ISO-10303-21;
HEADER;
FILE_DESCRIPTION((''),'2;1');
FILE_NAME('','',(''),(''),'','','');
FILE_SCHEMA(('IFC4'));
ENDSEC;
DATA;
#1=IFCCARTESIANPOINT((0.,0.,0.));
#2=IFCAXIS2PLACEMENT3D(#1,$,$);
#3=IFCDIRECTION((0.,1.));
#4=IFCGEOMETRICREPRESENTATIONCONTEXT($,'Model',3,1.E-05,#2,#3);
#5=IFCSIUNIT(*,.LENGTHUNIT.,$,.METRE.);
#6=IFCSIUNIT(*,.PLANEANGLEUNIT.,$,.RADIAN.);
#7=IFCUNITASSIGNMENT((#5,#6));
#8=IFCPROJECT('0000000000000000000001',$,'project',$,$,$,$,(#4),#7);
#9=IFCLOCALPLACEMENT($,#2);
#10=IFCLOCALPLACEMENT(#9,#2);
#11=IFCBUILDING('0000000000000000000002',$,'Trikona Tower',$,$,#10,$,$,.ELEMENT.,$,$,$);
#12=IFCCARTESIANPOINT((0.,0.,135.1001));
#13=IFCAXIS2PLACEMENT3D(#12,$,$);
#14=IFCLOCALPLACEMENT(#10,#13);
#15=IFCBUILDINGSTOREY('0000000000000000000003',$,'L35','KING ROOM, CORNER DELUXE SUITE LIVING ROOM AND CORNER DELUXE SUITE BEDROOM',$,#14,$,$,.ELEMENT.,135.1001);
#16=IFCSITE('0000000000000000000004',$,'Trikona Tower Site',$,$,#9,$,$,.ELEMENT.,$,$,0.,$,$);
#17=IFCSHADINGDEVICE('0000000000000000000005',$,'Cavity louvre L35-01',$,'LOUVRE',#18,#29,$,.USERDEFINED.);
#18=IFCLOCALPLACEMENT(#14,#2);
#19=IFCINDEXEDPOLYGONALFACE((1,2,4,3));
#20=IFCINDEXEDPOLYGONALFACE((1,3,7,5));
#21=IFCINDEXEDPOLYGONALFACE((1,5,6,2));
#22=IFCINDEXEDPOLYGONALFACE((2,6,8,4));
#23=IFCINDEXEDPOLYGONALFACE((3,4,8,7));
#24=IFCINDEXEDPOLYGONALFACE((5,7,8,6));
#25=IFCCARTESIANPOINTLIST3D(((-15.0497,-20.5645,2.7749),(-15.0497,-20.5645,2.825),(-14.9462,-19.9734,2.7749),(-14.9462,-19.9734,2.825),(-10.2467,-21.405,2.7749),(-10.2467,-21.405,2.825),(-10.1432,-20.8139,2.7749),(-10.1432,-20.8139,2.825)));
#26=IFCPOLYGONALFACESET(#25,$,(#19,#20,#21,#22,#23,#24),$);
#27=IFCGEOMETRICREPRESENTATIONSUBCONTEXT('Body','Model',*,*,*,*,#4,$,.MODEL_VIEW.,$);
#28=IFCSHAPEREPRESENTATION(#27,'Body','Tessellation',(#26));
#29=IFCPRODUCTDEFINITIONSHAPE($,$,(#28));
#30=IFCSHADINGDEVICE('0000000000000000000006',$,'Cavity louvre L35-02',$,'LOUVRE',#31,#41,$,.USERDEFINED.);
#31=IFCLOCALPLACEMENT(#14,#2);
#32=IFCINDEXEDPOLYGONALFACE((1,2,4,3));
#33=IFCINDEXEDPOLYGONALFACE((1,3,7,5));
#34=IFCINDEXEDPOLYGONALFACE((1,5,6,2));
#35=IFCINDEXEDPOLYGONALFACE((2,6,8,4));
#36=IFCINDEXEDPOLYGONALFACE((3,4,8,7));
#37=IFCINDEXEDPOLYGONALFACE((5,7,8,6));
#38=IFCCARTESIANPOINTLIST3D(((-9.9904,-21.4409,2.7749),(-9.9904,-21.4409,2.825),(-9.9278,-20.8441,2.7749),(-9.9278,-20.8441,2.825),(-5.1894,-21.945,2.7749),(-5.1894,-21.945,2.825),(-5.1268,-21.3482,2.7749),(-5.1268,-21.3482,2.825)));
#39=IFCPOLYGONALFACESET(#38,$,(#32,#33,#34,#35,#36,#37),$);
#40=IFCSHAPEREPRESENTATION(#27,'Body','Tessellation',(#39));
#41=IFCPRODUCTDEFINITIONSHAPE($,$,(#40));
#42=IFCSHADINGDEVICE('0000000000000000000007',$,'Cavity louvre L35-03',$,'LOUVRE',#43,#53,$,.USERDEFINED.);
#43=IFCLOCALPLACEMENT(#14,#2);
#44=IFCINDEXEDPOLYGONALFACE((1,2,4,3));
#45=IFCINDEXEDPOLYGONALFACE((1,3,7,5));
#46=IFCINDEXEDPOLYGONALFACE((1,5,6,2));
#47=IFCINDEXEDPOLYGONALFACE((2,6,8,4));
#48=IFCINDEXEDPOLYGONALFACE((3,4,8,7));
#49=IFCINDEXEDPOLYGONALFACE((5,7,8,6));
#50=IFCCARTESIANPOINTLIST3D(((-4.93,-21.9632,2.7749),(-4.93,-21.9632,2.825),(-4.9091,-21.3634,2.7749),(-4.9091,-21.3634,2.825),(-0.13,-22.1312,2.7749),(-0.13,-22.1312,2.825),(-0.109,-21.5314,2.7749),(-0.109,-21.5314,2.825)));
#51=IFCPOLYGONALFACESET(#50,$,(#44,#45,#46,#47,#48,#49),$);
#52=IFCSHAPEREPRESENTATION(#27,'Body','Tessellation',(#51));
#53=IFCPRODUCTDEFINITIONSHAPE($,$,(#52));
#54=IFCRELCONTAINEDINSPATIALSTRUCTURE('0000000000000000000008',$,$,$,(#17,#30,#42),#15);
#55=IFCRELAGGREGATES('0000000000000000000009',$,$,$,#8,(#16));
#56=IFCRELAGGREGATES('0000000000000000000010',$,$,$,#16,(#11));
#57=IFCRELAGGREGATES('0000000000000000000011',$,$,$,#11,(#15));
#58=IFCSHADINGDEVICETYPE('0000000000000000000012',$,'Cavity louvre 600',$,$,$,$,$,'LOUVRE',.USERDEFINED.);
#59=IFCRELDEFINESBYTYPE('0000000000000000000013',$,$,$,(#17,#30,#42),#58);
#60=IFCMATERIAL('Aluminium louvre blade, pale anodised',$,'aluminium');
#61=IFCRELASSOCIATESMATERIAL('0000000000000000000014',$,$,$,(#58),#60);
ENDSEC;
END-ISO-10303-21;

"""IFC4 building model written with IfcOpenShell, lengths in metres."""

from ifc_helpers import new_model, si_unit, direction, frame, origin, origin_2d, place, context, subcontext, project, spatial, rectangle, extrude, material, type_object, element, save


model = new_model("IFC4")

# Units and contexts
model_context = context("Model", 3, precision=1e-05, world=origin(), true_north=direction((0.0, 1.0)))
body_context = subcontext(model_context, "Body", "Model", "MODEL_VIEW")
ifc_project = project(units=[si_unit("LENGTHUNIT", "METRE"), si_unit("PLANEANGLEUNIT", "RADIAN")], contexts=[model_context])

# Site, building, storey
site_placement = place(None, origin())
site = spatial("IfcSite", under=ifc_project, at=site_placement, Name="Trikona Tower Site", CompositionType="ELEMENT", RefElevation=0.0)
building_placement = place(site_placement, origin())
building = spatial("IfcBuilding", under=site, at=building_placement, Name="Trikona Tower", CompositionType="ELEMENT")
storey_placement = place(building_placement, frame((0.0, 0.0, 135.1001)))
storey = spatial("IfcBuildingStorey", under=building, at=storey_placement, Name="L35", Description="KING ROOM, CORNER DELUXE SUITE LIVING ROOM AND CORNER DELUXE SUITE BEDROOM", CompositionType="ELEMENT", Elevation=135.1001)

# Shading devices
ifc_material_1 = material(Name="Aluminium louvre blade, pale anodised", Category="aluminium")
shading_device_type = type_object("IfcShadingDeviceType", Name="Cavity louvre 600", ElementType="LOUVRE", PredefinedType="USERDEFINED", material=ifc_material_1)
shading_device_1_placement = place(storey_placement, frame((-12.5964, -20.6892, 2.7749), z_axis=(0.0, 0.0, 1.0), x_axis=(0.985031, -0.17238, 0.0)))
element("IfcShadingDevice", 1, at=shading_device_1_placement, inside=storey, type_object=shading_device_type, Name="Cavity louvre L35-01", ObjectType="LOUVRE", PredefinedType="USERDEFINED", context=body_context, shape_type="SweptSolid", body=[
    extrude(rectangle(XDim=4.876, YDim=0.6001, at=origin_2d()), origin(), (0.0, 0.0, 1.0), 0.05),
])
shading_device_2_placement = place(storey_placement, frame((-7.5586, -21.3945, 2.7749), z_axis=(0.0, 0.0, 1.0), x_axis=(0.994533, -0.104426, 0.0)))
element("IfcShadingDevice", 2, at=shading_device_2_placement, inside=storey, type_object=shading_device_type, Name="Cavity louvre L35-02", ObjectType="LOUVRE", PredefinedType="USERDEFINED", context=body_context, shape_type="SweptSolid", body=[
    extrude(rectangle(XDim=4.8274, YDim=0.6001, at=origin_2d()), origin(), (0.0, 0.0, 1.0), 0.05),
])
shading_device_3_placement = place(storey_placement, frame((-2.5195, -21.7473, 2.7749), z_axis=(0.0, 0.0, 1.0), x_axis=(0.999388, -0.034978, 0.0)))
element("IfcShadingDevice", 3, at=shading_device_3_placement, inside=storey, type_object=shading_device_type, Name="Cavity louvre L35-03", ObjectType="LOUVRE", PredefinedType="USERDEFINED", context=body_context, shape_type="SweptSolid", body=[
    extrude(rectangle(XDim=4.803, YDim=0.6001, at=origin_2d()), origin(), (0.0, 0.0, 1.0), 0.05),
])

save(model, "model.ifc")
